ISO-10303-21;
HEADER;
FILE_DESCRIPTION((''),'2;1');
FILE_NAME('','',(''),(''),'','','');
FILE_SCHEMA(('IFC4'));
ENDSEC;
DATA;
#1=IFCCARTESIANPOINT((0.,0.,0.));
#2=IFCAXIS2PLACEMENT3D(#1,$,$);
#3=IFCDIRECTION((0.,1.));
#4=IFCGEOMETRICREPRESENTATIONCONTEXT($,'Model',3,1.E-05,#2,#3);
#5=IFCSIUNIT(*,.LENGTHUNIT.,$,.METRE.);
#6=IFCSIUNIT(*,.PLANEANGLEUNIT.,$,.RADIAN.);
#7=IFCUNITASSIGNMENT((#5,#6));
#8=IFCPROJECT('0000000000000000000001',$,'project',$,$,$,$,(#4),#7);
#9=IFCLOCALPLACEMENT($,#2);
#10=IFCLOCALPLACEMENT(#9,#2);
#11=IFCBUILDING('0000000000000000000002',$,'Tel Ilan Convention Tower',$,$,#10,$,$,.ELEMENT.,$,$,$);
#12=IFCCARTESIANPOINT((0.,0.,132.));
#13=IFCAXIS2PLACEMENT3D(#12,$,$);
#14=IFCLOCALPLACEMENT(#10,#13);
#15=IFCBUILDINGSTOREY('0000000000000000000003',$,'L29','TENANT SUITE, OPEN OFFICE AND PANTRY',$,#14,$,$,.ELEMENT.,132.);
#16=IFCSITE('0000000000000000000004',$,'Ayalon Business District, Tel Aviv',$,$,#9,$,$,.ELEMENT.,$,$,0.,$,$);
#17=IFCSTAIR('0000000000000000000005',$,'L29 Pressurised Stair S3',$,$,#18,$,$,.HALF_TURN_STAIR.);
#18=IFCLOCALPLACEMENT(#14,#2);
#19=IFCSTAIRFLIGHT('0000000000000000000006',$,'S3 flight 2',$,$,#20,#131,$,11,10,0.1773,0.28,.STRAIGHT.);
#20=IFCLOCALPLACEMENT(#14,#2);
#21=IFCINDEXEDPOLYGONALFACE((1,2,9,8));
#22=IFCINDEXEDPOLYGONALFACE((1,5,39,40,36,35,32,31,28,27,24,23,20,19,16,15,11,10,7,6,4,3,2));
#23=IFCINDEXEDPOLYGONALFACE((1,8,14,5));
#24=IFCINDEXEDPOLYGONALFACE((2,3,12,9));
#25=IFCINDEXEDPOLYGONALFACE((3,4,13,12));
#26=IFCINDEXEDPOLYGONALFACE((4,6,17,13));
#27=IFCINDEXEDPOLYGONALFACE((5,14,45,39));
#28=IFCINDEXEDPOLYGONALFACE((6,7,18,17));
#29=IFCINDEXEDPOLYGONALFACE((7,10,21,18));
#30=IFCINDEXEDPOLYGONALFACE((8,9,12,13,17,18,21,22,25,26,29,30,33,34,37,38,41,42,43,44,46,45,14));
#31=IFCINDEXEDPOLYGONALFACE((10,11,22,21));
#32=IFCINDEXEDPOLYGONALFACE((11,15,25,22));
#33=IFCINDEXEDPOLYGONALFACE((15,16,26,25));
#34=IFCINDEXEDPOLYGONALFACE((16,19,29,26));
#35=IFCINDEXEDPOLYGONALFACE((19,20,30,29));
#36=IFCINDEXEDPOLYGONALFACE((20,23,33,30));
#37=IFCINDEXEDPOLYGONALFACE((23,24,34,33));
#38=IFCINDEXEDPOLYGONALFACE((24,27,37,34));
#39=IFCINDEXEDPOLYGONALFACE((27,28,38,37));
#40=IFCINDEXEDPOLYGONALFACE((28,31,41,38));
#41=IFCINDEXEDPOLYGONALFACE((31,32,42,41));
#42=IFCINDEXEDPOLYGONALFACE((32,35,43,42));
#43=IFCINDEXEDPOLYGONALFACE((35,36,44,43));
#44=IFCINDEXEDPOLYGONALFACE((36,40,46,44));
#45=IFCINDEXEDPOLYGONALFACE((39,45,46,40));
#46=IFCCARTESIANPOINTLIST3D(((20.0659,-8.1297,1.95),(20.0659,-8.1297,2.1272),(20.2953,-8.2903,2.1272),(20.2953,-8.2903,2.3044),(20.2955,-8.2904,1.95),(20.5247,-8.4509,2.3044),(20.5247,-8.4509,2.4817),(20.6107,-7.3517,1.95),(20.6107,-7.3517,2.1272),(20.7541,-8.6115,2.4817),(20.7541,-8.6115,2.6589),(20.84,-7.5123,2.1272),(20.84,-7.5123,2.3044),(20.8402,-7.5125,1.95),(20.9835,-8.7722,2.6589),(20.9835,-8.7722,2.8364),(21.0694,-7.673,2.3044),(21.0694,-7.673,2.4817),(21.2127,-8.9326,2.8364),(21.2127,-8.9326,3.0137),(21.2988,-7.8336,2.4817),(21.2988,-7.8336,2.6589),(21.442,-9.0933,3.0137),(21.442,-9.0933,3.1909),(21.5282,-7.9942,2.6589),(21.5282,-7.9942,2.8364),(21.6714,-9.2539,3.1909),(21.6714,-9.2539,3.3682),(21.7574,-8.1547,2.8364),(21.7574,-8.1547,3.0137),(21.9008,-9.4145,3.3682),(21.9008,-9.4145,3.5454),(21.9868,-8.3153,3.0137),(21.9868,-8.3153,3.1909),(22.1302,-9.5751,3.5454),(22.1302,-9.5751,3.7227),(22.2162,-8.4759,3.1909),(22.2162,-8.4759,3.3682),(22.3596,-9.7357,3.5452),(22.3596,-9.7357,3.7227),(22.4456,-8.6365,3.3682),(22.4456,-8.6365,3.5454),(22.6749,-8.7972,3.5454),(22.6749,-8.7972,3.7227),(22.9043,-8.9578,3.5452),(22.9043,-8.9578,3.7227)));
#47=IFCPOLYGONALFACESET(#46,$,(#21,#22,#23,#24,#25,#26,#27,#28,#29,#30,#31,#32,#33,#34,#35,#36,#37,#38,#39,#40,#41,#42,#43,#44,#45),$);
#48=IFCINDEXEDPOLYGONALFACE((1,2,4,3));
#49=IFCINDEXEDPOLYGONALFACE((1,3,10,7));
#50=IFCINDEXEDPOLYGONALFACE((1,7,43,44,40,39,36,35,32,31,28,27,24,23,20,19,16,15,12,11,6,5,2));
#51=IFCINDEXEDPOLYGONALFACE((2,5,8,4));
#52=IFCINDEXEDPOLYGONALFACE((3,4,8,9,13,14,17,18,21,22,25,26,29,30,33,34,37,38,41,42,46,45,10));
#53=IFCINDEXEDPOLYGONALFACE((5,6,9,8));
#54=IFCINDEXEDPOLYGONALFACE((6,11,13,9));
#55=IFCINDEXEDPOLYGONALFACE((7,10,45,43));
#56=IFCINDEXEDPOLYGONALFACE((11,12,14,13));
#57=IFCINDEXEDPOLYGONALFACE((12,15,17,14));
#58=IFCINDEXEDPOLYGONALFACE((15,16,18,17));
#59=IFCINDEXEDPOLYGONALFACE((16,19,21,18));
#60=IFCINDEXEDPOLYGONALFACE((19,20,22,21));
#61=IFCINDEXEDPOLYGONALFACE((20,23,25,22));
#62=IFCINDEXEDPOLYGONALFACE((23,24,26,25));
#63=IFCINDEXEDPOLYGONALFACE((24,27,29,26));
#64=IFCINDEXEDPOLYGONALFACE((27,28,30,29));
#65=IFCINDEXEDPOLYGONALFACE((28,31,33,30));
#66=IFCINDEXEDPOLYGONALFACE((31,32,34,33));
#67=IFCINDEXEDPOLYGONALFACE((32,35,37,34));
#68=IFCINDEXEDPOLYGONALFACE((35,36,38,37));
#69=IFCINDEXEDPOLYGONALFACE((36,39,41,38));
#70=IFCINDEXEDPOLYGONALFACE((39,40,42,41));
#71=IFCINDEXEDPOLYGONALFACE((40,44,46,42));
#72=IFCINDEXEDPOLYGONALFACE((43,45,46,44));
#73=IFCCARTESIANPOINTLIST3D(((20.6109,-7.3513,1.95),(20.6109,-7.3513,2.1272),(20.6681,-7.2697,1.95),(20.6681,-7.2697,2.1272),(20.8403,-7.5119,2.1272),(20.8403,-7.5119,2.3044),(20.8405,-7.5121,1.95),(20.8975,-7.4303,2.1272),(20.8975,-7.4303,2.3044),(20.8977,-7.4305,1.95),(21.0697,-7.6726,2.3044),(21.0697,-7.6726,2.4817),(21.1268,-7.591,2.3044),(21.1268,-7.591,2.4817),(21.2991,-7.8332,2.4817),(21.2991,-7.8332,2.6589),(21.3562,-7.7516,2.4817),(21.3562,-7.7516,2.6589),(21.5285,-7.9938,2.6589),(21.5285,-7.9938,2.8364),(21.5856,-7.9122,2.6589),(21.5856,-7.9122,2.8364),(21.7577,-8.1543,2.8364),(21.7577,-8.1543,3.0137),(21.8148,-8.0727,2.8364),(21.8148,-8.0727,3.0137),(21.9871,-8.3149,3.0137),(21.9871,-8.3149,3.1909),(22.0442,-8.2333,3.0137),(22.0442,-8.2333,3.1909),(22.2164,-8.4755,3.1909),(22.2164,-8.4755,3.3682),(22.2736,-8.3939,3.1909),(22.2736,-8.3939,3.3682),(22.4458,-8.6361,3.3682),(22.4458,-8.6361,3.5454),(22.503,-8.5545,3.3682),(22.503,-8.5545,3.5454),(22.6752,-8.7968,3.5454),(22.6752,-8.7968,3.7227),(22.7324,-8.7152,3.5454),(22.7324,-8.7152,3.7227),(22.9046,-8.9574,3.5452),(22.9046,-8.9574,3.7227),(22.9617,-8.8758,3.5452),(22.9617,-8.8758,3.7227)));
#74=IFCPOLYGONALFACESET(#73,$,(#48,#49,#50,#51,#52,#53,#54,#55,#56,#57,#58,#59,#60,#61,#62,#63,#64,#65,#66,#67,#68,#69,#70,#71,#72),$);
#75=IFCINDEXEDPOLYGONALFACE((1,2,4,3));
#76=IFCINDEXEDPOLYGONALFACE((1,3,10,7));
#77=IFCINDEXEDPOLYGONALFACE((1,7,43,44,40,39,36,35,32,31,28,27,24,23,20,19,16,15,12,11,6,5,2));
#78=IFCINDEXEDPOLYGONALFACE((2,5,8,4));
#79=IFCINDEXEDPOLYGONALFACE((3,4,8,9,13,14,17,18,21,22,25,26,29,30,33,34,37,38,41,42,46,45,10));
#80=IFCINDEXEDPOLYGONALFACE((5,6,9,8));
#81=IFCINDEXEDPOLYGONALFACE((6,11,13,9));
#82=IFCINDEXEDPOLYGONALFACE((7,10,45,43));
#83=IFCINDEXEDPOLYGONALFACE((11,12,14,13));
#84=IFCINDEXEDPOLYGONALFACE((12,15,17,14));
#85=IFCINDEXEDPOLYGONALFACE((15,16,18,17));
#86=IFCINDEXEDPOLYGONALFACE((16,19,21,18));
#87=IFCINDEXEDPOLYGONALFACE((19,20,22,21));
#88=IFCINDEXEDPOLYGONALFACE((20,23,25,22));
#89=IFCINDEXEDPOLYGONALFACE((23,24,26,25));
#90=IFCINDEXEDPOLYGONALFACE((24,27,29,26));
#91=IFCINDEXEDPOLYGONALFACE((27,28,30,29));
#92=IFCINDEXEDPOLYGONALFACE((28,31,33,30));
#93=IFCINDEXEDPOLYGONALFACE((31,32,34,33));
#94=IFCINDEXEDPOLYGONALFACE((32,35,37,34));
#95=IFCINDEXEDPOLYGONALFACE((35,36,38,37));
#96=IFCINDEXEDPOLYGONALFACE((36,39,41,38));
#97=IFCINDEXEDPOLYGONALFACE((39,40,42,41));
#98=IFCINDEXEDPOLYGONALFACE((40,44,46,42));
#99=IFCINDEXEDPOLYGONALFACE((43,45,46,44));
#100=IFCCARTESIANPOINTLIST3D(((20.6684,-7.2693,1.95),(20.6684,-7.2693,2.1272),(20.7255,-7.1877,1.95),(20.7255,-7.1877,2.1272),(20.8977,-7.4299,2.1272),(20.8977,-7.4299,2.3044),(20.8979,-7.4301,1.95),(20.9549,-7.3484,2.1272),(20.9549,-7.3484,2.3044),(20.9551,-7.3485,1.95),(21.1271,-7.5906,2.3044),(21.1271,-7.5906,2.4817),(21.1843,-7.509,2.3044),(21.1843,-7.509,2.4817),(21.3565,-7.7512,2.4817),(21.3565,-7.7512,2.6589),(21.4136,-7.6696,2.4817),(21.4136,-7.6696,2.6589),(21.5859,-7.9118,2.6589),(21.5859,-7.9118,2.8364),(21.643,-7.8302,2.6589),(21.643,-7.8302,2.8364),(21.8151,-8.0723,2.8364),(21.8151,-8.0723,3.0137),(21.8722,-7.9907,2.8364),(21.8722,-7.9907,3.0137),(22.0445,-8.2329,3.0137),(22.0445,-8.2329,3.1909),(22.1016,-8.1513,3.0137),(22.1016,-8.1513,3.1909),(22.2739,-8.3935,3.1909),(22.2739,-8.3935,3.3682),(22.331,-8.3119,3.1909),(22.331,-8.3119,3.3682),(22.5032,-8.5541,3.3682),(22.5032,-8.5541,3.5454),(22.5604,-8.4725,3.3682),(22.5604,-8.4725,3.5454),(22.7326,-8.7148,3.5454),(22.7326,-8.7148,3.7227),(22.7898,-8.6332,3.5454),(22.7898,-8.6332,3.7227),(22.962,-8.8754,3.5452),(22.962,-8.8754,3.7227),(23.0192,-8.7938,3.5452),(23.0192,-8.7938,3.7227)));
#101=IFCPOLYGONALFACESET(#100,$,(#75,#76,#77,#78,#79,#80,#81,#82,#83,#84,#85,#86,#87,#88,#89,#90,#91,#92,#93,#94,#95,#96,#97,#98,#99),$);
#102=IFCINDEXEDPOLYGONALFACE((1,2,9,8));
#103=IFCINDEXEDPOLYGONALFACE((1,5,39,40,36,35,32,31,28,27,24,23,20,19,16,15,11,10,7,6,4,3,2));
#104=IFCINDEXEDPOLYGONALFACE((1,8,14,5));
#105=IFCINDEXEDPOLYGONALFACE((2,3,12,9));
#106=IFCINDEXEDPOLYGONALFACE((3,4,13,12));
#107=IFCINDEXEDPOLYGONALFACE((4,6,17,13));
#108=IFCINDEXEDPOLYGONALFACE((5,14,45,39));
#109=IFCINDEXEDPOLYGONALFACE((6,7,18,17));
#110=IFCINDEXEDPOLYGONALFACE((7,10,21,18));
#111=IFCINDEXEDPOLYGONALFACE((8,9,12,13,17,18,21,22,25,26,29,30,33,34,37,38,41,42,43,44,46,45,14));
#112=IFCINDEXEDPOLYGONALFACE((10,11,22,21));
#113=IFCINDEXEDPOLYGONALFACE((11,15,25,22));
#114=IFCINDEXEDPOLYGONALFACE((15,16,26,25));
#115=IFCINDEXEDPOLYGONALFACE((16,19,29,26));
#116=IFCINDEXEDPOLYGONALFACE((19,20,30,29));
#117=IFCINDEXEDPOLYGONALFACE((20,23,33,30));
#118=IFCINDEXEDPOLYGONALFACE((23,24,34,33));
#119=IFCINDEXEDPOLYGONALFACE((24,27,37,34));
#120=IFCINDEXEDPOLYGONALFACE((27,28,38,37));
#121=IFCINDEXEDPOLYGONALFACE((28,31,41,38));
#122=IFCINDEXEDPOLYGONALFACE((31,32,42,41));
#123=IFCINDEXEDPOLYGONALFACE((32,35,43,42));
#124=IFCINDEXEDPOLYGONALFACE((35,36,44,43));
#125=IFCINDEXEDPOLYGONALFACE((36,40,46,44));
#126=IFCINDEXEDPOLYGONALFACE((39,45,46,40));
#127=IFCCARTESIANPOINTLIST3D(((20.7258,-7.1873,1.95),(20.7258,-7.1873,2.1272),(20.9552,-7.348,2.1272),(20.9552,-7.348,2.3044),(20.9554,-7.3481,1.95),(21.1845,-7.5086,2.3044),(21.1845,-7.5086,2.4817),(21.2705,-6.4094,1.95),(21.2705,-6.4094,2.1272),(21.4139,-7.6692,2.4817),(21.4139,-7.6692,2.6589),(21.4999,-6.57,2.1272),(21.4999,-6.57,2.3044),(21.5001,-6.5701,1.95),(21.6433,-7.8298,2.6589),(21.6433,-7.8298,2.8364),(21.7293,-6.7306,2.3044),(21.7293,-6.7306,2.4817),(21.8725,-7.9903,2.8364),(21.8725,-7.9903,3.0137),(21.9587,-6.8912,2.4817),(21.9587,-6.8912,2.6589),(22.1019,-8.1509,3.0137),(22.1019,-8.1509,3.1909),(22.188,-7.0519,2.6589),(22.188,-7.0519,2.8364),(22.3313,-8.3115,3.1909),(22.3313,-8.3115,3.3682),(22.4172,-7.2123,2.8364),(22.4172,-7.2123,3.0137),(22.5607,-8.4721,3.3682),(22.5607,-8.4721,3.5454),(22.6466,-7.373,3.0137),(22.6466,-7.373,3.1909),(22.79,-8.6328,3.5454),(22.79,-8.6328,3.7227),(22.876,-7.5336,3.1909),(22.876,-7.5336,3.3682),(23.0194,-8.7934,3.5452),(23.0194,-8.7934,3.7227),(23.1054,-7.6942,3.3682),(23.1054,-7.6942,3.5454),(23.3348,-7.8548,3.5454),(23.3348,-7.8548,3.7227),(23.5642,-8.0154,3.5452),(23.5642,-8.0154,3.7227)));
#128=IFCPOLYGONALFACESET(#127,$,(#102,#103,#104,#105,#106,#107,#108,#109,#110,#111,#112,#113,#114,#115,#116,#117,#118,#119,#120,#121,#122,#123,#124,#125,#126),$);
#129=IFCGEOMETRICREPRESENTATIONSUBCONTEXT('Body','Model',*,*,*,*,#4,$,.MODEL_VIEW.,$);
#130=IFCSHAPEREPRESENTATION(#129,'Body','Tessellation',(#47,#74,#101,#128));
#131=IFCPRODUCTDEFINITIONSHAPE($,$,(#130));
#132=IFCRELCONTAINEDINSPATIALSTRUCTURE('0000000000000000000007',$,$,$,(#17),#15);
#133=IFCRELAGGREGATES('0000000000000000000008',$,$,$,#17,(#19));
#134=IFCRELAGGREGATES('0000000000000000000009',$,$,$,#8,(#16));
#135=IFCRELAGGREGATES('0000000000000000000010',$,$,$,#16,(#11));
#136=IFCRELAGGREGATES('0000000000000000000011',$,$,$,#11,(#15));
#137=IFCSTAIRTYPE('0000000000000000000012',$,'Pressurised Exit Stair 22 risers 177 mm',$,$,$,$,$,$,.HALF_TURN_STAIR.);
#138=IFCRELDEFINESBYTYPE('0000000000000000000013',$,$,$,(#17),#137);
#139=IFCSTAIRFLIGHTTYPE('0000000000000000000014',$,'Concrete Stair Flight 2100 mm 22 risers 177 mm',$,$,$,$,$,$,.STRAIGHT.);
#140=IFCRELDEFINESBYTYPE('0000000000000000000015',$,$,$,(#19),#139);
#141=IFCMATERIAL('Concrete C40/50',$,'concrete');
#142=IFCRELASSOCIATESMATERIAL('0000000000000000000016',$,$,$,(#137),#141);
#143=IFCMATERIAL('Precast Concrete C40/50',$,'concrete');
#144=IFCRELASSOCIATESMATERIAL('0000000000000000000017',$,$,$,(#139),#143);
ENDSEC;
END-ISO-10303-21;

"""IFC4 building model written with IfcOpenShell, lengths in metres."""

from ifc_helpers import new_model, si_unit, direction, frame, origin, place, context, subcontext, project, spatial, polyline, outline, extrude, material, type_object, element, aggregate, save


model = new_model("IFC4")

# Units and contexts
model_context = context("Model", 3, precision=1e-05, world=origin(), true_north=direction((0.0, 1.0)))
body_context = subcontext(model_context, "Body", "Model", "MODEL_VIEW")
ifc_project = project(units=[si_unit("LENGTHUNIT", "METRE"), si_unit("PLANEANGLEUNIT", "RADIAN")], contexts=[model_context])

# Site, building, storey
site_placement = place(None, origin())
site = spatial("IfcSite", under=ifc_project, at=site_placement, Name="Ayalon Business District, Tel Aviv", CompositionType="ELEMENT", RefElevation=0.0)
building_placement = place(site_placement, origin())
building = spatial("IfcBuilding", under=site, at=building_placement, Name="Tel Ilan Convention Tower", CompositionType="ELEMENT")
storey_placement = place(building_placement, frame((0.0, 0.0, 132.0)))
storey = spatial("IfcBuildingStorey", under=building, at=storey_placement, Name="L29", Description="TENANT SUITE, OPEN OFFICE AND PANTRY", CompositionType="ELEMENT", Elevation=132.0)

# Stair, stair flight
ifc_material_1 = material(Name="Concrete C40/50", Category="concrete")
stair_type = type_object("IfcStairType", Name="Pressurised Exit Stair 22 risers 177 mm", PredefinedType="HALF_TURN_STAIR", material=ifc_material_1)
stair_1_placement = place(storey_placement, origin())
stair_1 = element("IfcStair", 1, at=stair_1_placement, inside=storey, type_object=stair_type, Name="L29 Pressurised Stair S3", PredefinedType="HALF_TURN_STAIR")
ifc_material_2 = material(Name="Precast Concrete C40/50", Category="concrete")
stair_flight_type = type_object("IfcStairFlightType", Name="Concrete Stair Flight 2100 mm 22 risers 177 mm", PredefinedType="STRAIGHT", material=ifc_material_2)
stair_flight_1_placement = place(storey_placement, frame((20.6682, -7.2695, 1.95), z_axis=(0.0, 0.0, 1.0), x_axis=(0.819152, -0.573576, 0.0)))
stair_flight_1 = element("IfcStairFlight", 2, at=stair_flight_1_placement, type_object=stair_flight_type, Name="S3 flight 2", NumberOfRisers=11, NumberOfTreads=10, PredefinedType="STRAIGHT", RiserHeight=0.1773, TreadLength=0.28, context=body_context, shape_type="SweptSolid", body=[
    extrude(outline(polyline([(0.0, 0.0), (0.0, 0.1772), (0.28, 0.1772), (0.28, 0.3545), (0.5601, 0.3545), (0.5601, 0.5317), (0.8401, 0.5317), (0.8401, 0.709), (1.1201, 0.709), (1.1201, 0.8865), (1.3999, 0.8865), (1.3999, 1.0637), (1.6799, 1.0637), (1.6799, 1.241), (1.96, 1.241), (1.96, 1.4182), (2.24, 1.4182), (2.24, 1.5955), (2.52, 1.5955), (2.52, 1.7727), (2.8, 1.7727), (2.8, 1.95), (2.8, 1.5952), (0.2803, 0.0), (0.0, 0.0)])), frame((0.0, -0.1003, 0.0), z_axis=(0.0, -1.0, 0.0), x_axis=(1.0, 0.0, 0.0)), (0.0, 0.0, 1.0), 0.9497),
    extrude(outline(polyline([(0.0, 0.0), (0.0, 0.1772), (0.28, 0.1772), (0.28, 0.3545), (0.5601, 0.3545), (0.5601, 0.5317), (0.8401, 0.5317), (0.8401, 0.709), (1.1201, 0.709), (1.1201, 0.8865), (1.3999, 0.8865), (1.3999, 1.0637), (1.6799, 1.0637), (1.6799, 1.241), (1.96, 1.241), (1.96, 1.4182), (2.24, 1.4182), (2.24, 1.5955), (2.52, 1.5955), (2.52, 1.7727), (2.8, 1.7727), (2.8, 1.95), (2.8, 1.5952), (0.2803, 0.0), (0.0, 0.0)])), frame((0.0, -0.0002, 0.0), z_axis=(0.0, -1.0, 0.0), x_axis=(1.0, 0.0, 0.0)), (0.0, 0.0, 1.0), 0.0996),
    extrude(outline(polyline([(0.0, 0.0), (0.0, 0.1772), (0.28, 0.1772), (0.28, 0.3545), (0.5601, 0.3545), (0.5601, 0.5317), (0.8401, 0.5317), (0.8401, 0.709), (1.1201, 0.709), (1.1201, 0.8865), (1.3999, 0.8865), (1.3999, 1.0637), (1.6799, 1.0637), (1.6799, 1.241), (1.96, 1.241), (1.96, 1.4182), (2.24, 1.4182), (2.24, 1.5955), (2.52, 1.5955), (2.52, 1.7727), (2.8, 1.7727), (2.8, 1.95), (2.8, 1.5952), (0.2803, 0.0), (0.0, 0.0)])), frame((0.0, 0.0999, 0.0), z_axis=(0.0, -1.0, 0.0), x_axis=(1.0, 0.0, 0.0)), (0.0, 0.0, 1.0), 0.0996),
    extrude(outline(polyline([(0.0, 0.0), (0.0, 0.1772), (0.28, 0.1772), (0.28, 0.3545), (0.5601, 0.3545), (0.5601, 0.5317), (0.8401, 0.5317), (0.8401, 0.709), (1.1201, 0.709), (1.1201, 0.8865), (1.3999, 0.8865), (1.3999, 1.0637), (1.6799, 1.0637), (1.6799, 1.241), (1.96, 1.241), (1.96, 1.4182), (2.24, 1.4182), (2.24, 1.5955), (2.52, 1.5955), (2.52, 1.7727), (2.8, 1.7727), (2.8, 1.95), (2.8, 1.5952), (0.2803, 0.0), (0.0, 0.0)])), frame((0.0, 1.05, 0.0), z_axis=(0.0, -1.0, 0.0), x_axis=(1.0, 0.0, 0.0)), (0.0, 0.0, 1.0), 0.9497),
])
aggregate(stair_1, [stair_flight_1])

save(model, "model.ifc")
